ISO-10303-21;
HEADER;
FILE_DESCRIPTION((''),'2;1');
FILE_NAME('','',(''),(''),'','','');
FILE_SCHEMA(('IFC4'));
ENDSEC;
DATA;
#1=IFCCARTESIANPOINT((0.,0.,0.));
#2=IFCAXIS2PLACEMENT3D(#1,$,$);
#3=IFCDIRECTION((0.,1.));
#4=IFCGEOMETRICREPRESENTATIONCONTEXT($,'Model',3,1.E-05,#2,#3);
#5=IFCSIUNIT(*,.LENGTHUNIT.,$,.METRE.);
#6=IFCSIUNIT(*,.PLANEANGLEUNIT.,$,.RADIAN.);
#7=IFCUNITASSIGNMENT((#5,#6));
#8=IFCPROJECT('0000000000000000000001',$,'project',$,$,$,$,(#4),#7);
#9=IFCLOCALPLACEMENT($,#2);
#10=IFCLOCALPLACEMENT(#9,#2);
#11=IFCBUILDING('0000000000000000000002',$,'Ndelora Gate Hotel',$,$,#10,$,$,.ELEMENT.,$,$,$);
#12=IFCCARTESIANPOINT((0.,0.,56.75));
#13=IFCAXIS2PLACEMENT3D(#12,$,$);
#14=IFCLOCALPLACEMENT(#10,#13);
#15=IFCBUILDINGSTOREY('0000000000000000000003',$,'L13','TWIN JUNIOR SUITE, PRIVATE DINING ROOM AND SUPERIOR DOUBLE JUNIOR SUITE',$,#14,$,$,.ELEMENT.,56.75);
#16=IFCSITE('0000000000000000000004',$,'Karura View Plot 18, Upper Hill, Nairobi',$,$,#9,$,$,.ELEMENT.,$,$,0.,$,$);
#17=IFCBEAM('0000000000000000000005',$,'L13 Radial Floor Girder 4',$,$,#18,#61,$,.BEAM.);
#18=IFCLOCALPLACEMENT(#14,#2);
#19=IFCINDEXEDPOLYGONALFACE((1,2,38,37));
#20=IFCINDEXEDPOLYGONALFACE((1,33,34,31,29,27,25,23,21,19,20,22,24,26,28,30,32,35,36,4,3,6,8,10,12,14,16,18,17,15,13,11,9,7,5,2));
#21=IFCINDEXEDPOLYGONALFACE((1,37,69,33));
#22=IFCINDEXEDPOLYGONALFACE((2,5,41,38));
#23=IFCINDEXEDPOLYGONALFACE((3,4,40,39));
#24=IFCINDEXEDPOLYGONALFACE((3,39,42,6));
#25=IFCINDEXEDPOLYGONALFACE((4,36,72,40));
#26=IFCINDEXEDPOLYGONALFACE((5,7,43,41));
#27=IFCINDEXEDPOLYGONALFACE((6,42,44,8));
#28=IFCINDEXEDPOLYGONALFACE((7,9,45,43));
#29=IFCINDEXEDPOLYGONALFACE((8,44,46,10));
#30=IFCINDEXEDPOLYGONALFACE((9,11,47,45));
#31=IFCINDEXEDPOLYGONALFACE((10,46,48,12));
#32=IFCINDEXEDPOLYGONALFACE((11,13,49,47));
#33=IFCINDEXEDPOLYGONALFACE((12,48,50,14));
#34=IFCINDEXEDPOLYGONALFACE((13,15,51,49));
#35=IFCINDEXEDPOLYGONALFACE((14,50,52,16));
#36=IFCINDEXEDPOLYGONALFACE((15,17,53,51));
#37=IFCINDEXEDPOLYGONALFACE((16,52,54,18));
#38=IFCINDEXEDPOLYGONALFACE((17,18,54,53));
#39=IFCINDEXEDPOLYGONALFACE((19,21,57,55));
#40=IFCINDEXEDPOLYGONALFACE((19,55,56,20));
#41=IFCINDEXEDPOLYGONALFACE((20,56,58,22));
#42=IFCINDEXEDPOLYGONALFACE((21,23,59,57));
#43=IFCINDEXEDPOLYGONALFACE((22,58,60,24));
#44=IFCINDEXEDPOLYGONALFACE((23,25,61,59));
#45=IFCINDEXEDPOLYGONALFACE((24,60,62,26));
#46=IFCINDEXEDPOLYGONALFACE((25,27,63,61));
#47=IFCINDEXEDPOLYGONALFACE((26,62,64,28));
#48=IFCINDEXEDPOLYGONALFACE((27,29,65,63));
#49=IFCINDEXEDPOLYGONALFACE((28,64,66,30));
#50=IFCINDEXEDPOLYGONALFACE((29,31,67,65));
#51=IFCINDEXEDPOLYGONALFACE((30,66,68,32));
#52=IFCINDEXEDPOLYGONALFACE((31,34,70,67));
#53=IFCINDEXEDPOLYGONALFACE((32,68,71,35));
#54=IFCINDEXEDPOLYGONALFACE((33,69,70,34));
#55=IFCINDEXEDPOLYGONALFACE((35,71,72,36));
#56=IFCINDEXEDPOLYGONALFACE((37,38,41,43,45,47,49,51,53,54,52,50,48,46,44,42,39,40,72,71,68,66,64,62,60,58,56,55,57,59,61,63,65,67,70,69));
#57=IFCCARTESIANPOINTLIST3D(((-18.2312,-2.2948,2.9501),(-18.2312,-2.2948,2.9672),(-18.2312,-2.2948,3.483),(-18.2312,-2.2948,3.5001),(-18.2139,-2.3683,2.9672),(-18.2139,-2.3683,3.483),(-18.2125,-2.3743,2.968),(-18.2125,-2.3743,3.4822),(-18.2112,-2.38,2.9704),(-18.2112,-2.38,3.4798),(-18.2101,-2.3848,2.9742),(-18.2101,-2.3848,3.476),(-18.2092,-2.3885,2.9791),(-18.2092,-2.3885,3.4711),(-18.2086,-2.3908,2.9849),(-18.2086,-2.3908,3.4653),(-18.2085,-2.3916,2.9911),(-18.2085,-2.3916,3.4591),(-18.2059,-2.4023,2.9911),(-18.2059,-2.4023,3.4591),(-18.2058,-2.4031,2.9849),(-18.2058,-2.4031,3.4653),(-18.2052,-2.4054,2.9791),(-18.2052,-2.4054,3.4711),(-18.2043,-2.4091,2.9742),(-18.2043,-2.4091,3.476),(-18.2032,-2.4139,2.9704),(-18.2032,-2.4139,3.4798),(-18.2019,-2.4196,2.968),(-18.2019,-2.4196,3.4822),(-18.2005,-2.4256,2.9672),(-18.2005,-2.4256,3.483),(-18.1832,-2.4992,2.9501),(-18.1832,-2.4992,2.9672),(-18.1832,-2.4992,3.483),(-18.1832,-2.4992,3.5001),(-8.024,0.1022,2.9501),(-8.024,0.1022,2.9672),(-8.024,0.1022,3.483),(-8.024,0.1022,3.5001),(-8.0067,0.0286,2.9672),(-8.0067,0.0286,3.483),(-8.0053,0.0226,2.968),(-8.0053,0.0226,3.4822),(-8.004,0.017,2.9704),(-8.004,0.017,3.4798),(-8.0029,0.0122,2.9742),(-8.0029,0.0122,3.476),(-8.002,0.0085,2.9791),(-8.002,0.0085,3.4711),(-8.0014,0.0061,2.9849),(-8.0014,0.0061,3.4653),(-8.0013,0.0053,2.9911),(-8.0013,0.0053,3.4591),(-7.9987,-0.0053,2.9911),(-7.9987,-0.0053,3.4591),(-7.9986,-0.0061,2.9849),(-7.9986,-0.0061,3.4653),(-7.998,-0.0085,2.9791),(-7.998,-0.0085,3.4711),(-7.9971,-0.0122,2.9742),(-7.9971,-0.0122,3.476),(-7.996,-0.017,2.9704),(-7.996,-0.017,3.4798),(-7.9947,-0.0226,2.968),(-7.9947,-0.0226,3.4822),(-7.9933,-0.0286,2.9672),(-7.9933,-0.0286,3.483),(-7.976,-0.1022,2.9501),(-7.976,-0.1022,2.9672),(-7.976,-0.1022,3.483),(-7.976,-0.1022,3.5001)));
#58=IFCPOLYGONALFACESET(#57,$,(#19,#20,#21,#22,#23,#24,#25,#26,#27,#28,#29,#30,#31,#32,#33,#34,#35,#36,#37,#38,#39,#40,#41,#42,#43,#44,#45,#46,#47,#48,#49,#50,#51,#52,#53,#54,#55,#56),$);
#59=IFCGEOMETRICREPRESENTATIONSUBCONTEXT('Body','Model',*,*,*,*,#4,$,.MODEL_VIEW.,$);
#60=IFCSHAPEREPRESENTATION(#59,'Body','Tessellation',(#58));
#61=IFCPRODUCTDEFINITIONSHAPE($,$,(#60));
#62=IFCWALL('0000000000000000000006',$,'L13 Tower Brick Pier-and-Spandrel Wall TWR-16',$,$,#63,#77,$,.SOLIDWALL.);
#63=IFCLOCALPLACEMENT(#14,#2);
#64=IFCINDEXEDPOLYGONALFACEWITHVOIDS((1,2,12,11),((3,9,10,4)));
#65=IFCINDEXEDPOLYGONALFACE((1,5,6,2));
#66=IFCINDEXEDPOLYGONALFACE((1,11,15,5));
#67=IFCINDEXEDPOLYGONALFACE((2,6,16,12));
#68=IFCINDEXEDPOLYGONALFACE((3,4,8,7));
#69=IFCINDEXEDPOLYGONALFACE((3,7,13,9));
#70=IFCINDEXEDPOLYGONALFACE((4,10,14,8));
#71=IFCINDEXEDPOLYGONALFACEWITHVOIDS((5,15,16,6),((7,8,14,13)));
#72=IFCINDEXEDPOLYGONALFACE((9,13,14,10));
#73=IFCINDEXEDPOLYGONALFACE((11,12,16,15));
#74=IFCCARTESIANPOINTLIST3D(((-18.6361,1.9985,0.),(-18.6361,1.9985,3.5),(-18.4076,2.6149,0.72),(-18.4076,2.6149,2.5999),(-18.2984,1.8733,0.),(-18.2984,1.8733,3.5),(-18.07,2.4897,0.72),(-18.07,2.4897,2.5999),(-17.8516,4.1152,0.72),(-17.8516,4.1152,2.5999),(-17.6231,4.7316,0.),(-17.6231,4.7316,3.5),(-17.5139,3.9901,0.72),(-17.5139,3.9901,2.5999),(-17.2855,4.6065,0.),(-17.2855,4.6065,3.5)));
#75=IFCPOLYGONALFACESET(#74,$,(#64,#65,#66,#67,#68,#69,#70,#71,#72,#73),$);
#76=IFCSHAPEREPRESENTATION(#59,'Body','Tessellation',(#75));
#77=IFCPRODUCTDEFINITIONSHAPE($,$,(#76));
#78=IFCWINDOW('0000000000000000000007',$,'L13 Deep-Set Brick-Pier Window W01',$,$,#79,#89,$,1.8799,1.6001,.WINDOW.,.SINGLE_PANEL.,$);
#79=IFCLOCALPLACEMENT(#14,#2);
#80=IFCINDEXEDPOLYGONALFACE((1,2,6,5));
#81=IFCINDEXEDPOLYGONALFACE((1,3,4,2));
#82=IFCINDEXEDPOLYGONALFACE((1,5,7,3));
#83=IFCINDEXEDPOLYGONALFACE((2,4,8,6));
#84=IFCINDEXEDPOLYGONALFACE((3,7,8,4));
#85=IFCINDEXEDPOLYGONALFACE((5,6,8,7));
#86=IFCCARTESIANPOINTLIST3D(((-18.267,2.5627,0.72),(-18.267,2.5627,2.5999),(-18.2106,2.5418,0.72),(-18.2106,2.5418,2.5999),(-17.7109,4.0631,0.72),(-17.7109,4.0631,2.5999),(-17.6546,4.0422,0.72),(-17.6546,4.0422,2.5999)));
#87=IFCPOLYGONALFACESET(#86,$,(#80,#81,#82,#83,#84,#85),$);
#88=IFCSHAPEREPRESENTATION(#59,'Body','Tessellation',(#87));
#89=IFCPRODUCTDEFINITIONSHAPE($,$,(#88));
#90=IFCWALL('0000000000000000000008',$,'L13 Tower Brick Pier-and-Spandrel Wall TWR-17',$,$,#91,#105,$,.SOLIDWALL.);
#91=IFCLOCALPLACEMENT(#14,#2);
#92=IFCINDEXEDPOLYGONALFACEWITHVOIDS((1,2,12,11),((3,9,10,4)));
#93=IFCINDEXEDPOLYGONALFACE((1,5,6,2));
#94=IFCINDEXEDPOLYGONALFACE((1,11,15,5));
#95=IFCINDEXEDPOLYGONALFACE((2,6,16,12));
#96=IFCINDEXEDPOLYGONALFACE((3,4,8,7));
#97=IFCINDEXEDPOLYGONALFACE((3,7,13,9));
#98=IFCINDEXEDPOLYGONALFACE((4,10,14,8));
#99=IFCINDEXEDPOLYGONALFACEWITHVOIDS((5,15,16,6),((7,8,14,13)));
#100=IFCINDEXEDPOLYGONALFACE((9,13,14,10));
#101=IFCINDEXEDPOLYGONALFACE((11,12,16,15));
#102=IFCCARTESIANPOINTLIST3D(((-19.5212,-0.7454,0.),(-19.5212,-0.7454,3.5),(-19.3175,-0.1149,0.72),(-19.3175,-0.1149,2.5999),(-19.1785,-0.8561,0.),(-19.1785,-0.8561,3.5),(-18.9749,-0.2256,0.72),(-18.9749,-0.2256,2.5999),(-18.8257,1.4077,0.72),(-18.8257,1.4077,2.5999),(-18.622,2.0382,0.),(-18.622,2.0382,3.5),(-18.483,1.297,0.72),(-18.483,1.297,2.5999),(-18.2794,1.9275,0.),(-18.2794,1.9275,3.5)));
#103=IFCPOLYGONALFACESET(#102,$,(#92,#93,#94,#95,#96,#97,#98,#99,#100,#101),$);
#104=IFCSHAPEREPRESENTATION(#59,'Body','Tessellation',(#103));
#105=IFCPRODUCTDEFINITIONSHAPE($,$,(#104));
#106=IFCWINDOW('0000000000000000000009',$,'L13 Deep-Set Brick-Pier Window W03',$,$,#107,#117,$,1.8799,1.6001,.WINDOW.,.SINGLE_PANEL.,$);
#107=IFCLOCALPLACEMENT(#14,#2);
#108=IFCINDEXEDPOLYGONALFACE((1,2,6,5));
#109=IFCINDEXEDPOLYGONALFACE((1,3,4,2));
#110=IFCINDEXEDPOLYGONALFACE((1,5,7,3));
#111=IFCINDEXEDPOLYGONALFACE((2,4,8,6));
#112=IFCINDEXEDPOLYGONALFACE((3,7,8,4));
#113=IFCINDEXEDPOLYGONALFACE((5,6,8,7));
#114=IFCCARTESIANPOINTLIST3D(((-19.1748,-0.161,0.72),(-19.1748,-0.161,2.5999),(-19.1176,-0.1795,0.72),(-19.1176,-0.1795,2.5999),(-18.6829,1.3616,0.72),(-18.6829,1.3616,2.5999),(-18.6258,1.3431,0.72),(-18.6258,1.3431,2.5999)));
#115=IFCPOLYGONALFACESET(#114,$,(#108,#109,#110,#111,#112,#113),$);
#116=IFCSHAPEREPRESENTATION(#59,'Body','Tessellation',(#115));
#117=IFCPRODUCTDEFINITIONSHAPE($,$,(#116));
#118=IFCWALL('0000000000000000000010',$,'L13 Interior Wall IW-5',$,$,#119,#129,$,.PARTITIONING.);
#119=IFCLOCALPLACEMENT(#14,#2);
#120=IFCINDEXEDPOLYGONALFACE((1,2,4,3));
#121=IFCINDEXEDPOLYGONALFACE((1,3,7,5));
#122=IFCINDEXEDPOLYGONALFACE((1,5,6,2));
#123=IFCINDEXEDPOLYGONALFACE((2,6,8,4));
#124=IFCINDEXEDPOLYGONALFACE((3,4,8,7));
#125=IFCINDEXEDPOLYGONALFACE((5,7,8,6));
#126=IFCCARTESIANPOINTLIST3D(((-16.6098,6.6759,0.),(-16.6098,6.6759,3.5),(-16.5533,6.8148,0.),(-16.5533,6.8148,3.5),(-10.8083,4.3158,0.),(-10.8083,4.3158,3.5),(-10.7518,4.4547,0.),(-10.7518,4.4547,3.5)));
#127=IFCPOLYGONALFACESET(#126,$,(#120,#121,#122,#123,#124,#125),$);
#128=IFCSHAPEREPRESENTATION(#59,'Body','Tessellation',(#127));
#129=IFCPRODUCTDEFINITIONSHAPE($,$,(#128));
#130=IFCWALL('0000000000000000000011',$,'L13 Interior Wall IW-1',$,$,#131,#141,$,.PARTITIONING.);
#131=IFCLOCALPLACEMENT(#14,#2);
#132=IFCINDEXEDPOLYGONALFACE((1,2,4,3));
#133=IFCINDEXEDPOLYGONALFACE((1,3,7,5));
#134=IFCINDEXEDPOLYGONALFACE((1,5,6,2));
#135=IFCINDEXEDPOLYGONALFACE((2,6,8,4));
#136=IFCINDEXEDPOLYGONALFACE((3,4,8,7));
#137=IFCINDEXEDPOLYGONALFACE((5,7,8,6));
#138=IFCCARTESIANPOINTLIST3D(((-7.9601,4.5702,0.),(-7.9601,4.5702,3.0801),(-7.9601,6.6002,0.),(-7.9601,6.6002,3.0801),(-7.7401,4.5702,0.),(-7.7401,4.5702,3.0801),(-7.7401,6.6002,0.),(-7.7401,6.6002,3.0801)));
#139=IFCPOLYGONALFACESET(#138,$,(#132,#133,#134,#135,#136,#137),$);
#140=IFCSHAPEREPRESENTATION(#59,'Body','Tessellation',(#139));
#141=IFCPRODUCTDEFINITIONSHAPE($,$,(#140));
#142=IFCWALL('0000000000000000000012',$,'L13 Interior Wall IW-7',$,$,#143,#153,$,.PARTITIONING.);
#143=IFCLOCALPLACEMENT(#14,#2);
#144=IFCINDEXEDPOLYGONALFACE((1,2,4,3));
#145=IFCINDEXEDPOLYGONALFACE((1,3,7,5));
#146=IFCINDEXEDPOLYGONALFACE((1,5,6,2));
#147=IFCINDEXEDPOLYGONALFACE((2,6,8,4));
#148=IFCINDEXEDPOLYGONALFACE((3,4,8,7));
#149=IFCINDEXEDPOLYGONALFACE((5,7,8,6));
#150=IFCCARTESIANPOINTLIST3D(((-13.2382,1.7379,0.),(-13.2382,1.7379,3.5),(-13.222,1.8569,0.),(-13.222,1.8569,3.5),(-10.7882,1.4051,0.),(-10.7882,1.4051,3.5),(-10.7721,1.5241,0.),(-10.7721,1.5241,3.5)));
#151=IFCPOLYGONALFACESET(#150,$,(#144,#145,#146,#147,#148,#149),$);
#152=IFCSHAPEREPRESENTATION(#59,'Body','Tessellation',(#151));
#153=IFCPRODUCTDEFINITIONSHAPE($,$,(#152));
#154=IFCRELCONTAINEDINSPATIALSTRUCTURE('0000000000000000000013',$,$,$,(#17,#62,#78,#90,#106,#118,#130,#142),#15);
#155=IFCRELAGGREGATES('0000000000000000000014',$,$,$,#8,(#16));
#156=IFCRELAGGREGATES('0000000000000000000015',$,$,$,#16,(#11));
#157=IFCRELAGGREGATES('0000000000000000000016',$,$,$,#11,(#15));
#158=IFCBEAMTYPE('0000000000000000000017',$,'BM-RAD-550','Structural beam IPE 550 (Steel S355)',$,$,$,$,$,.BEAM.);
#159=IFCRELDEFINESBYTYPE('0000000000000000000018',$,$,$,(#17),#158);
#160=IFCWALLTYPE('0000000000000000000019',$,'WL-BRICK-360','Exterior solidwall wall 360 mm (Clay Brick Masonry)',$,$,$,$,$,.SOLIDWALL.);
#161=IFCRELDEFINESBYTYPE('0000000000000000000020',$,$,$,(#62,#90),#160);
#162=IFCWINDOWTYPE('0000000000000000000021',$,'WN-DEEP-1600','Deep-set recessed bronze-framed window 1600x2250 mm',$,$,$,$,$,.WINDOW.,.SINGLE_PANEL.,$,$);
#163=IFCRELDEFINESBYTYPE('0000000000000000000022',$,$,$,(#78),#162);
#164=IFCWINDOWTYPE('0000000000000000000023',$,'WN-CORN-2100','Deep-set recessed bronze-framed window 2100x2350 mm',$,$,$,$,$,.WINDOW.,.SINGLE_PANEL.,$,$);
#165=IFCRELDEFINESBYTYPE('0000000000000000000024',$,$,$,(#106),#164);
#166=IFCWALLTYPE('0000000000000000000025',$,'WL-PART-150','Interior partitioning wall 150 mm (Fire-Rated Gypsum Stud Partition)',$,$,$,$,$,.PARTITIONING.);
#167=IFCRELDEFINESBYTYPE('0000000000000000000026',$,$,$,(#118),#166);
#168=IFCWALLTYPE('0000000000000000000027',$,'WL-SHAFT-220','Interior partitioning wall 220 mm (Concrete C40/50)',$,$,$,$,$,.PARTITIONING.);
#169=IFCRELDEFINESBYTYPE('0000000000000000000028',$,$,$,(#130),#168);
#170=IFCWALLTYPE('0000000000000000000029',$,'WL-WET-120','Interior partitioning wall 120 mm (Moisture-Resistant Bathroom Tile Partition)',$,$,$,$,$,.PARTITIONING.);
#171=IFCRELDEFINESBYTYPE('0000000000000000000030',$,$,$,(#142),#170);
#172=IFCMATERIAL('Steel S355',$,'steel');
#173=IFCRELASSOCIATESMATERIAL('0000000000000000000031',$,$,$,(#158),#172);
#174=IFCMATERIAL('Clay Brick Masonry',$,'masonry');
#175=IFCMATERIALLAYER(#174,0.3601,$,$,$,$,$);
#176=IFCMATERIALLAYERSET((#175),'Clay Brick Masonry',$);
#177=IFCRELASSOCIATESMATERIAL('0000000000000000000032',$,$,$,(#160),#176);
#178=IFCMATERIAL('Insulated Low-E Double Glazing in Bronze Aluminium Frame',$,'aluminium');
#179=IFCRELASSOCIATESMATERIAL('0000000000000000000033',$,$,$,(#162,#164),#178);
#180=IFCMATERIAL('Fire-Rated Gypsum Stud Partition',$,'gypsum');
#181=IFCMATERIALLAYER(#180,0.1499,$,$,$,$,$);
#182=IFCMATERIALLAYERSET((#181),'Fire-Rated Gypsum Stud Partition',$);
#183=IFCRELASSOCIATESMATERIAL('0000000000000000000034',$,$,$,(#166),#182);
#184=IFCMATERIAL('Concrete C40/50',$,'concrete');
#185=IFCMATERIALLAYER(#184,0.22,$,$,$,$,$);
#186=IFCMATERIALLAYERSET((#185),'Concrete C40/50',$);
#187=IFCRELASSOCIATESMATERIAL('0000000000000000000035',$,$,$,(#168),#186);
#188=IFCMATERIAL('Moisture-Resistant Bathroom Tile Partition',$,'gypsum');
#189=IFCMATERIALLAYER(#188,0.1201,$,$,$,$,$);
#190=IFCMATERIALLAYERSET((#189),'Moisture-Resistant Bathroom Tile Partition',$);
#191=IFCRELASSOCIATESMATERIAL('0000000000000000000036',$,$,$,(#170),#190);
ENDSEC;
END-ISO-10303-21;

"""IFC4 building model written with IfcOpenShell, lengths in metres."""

from ifc_helpers import new_model, si_unit, direction, frame, frame_2d, origin, origin_2d, place, context, subcontext, project, spatial, rectangle, i_section, extrude, material, layer, layer_set, material_profile, profile_set, type_object, element, fill, save


model = new_model("IFC4")

# Units and contexts
model_context = context("Model", 3, precision=1e-05, world=origin(), true_north=direction((0.0, 1.0)))
body_context = subcontext(model_context, "Body", "Model", "MODEL_VIEW")
ifc_project = project(units=[si_unit("LENGTHUNIT", "METRE"), si_unit("PLANEANGLEUNIT", "RADIAN")], contexts=[model_context])

# Site, building, storey
site_placement = place(None, origin())
site = spatial("IfcSite", under=ifc_project, at=site_placement, Name="Karura View Plot 18, Upper Hill, Nairobi", CompositionType="ELEMENT", RefElevation=0.0)
building_placement = place(site_placement, origin())
building = spatial("IfcBuilding", under=site, at=building_placement, Name="Ndelora Gate Hotel", CompositionType="ELEMENT")
storey_placement = place(building_placement, frame((0.0, 0.0, 56.75)))
storey = spatial("IfcBuildingStorey", under=building, at=storey_placement, Name="L13", Description="TWIN JUNIOR SUITE, PRIVATE DINING ROOM AND SUPERIOR DOUBLE JUNIOR SUITE", CompositionType="ELEMENT", Elevation=56.75)

# Beam
ifc_material_1 = material(Name="Steel S355", Category="steel")
ifc_material_profile_1 = material_profile(ifc_material_1, i_section(OverallWidth=0.21, OverallDepth=0.55, WebThickness=0.011, FlangeThickness=0.0171, FilletRadius=0.0239, at=origin_2d()), Name="IPE 550")
ifc_profile_set_1 = profile_set([ifc_material_profile_1], Name="Steel S355")
beam_type_1 = type_object("IfcBeamType", Name="BM-RAD-550", Description="Structural beam IPE 550 (Steel S355)", PredefinedType="BEAM", material=ifc_profile_set_1)
beam_1_placement = place(storey_placement, frame((-8.0, 0.0, 3.2251), z_axis=(-0.973518, -0.228611, 0.0), x_axis=(0.228611, -0.973518, 0.0)))
element("IfcBeam", 1, at=beam_1_placement, inside=storey, type_object=beam_type_1, Name="L13 Radial Floor Girder 4", PredefinedType="BEAM", context=body_context, shape_type="SweptSolid", body=[
    extrude(i_section(OverallWidth=0.21, OverallDepth=0.55, WebThickness=0.011, FlangeThickness=0.0171, FilletRadius=0.0239, at=origin_2d()), origin(), (0.0, 0.0, 1.0), 10.4849),
])

# Walls, openings, windows
ifc_material_2 = material(Name="Clay Brick Masonry", Category="masonry")
ifc_layer_1 = layer(ifc_material_2, 0.3601)
ifc_layer_set_1 = layer_set([ifc_layer_1], Name="Clay Brick Masonry")
wall_type_1 = type_object("IfcWallType", Name="WL-BRICK-360", Description="Exterior solidwall wall 360 mm (Clay Brick Masonry)", PredefinedType="SOLIDWALL", material=ifc_layer_set_1)
wall_1_placement = place(storey_placement, frame((-18.4673, 1.9358, 0.0), z_axis=(0.0, 0.0, 1.0), x_axis=(0.347513, 0.937675, 0.0)))
wall_1 = element("IfcWall", 2, at=wall_1_placement, inside=storey, type_object=wall_type_1, Name="L13 Tower Brick Pier-and-Spandrel Wall TWR-16", PredefinedType="SOLIDWALL", context=body_context, shape_type="SweptSolid", body=[
    extrude(rectangle(XDim=2.9148, YDim=0.3601, at=frame_2d((1.4575, 0.0))), origin(), (0.0, 0.0, 1.0), 3.5),
])
opening_1_placement = place(wall_1_placement, frame((0.6575, 0.0, 0.72)))
opening_1 = element("IfcOpeningElement", 3, at=opening_1_placement, cuts=wall_1, PredefinedType="OPENING", context=body_context, shape_type="SweptSolid", body=[
    extrude(rectangle(XDim=1.6001, YDim=1.8799, at=frame_2d((0.8, 0.9399))), frame((0.0, 0.1899, 0.0), z_axis=(0.0, -1.0, 0.0), x_axis=(1.0, 0.0, 0.0)), (0.0, 0.0, 1.0), 0.3801),
])
ifc_material_3 = material(Name="Insulated Low-E Double Glazing in Bronze Aluminium Frame", Category="aluminium")
window_type_1 = type_object("IfcWindowType", Name="WN-DEEP-1600", Description="Deep-set recessed bronze-framed window 1600x2250 mm", PartitioningType="SINGLE_PANEL", PredefinedType="WINDOW", material=ifc_material_3)
window_1_placement = place(opening_1_placement, origin())
window_1 = element("IfcWindow", 4, at=window_1_placement, inside=storey, type_object=window_type_1, Name="L13 Deep-Set Brick-Pier Window W01", OverallHeight=1.8799, OverallWidth=1.6001, PartitioningType="SINGLE_PANEL", PredefinedType="WINDOW", context=body_context, shape_type="SweptSolid", body=[
    extrude(rectangle(XDim=1.6001, YDim=1.8799, at=frame_2d((0.8, 0.9399))), frame((0.0, 0.03, 0.0), z_axis=(0.0, -1.0, 0.0), x_axis=(1.0, 0.0, 0.0)), (0.0, 0.0, 1.0), 0.0601),
])
fill(opening_1, window_1)
wall_2_placement = place(storey_placement, frame((-19.3499, -0.8008, 0.0), z_axis=(0.0, 0.0, 1.0), x_axis=(0.307376, 0.951588, 0.0)))
wall_2 = element("IfcWall", 5, at=wall_2_placement, inside=storey, type_object=wall_type_1, Name="L13 Tower Brick Pier-and-Spandrel Wall TWR-17", PredefinedType="SOLIDWALL", context=body_context, shape_type="SweptSolid", body=[
    extrude(rectangle(XDim=2.9253, YDim=0.3601, at=frame_2d((1.4626, 0.0))), origin(), (0.0, 0.0, 1.0), 3.5),
])
opening_2_placement = place(wall_2_placement, frame((0.6626, 0.0, 0.72)))
opening_2 = element("IfcOpeningElement", 6, at=opening_2_placement, cuts=wall_2, PredefinedType="OPENING", context=body_context, shape_type="SweptSolid", body=[
    extrude(rectangle(XDim=1.6001, YDim=1.8799, at=frame_2d((0.8, 0.9399))), frame((0.0, 0.1899, 0.0), z_axis=(0.0, -1.0, 0.0), x_axis=(1.0, 0.0, 0.0)), (0.0, 0.0, 1.0), 0.3801),
])
window_type_2 = type_object("IfcWindowType", Name="WN-CORN-2100", Description="Deep-set recessed bronze-framed window 2100x2350 mm", PartitioningType="SINGLE_PANEL", PredefinedType="WINDOW", material=ifc_material_3)
window_2_placement = place(opening_2_placement, origin())
window_2 = element("IfcWindow", 7, at=window_2_placement, inside=storey, type_object=window_type_2, Name="L13 Deep-Set Brick-Pier Window W03", OverallHeight=1.8799, OverallWidth=1.6001, PartitioningType="SINGLE_PANEL", PredefinedType="WINDOW", context=body_context, shape_type="SweptSolid", body=[
    extrude(rectangle(XDim=1.6001, YDim=1.8799, at=frame_2d((0.8, 0.9399))), frame((0.0, 0.03, 0.0), z_axis=(0.0, -1.0, 0.0), x_axis=(1.0, 0.0, 0.0)), (0.0, 0.0, 1.0), 0.0601),
])
fill(opening_2, window_2)

# Shared definitions
ifc_material_4 = material(Name="Concrete C40/50", Category="concrete")

# Wall
ifc_material_5 = material(Name="Fire-Rated Gypsum Stud Partition", Category="gypsum")
ifc_layer_2 = layer(ifc_material_5, 0.1499)
ifc_layer_set_2 = layer_set([ifc_layer_2], Name="Fire-Rated Gypsum Stud Partition")
wall_type_2 = type_object("IfcWallType", Name="WL-PART-150", Description="Interior partitioning wall 150 mm (Fire-Rated Gypsum Stud Partition)", PredefinedType="PARTITIONING", material=ifc_layer_set_2)
wall_3_placement = place(storey_placement, frame((-10.78, 4.3853, 0.0), z_axis=(0.0, 0.0, 1.0), x_axis=(-0.926286, 0.376821, 0.0)))
element("IfcWall", 8, at=wall_3_placement, inside=storey, type_object=wall_type_2, Name="L13 Interior Wall IW-5", PredefinedType="PARTITIONING", context=body_context, shape_type="SweptSolid", body=[
    extrude(rectangle(XDim=6.2632, YDim=0.1499, at=frame_2d((3.1316, 0.0))), origin(), (0.0, 0.0, 1.0), 3.5),
])

# Shared definitions
ifc_layer_3 = layer(ifc_material_4, 0.22)
ifc_layer_set_3 = layer_set([ifc_layer_3], Name="Concrete C40/50")
wall_type_3 = type_object("IfcWallType", Name="WL-SHAFT-220", Description="Interior partitioning wall 220 mm (Concrete C40/50)", PredefinedType="PARTITIONING", material=ifc_layer_set_3)

# Wall
wall_4_placement = place(storey_placement, frame((-7.8501, 4.5701, 0.0), z_axis=(0.0, 0.0, 1.0), x_axis=(0.0, 1.0, 0.0)))
element("IfcWall", 9, at=wall_4_placement, inside=storey, type_object=wall_type_3, Name="L13 Interior Wall IW-1", PredefinedType="PARTITIONING", context=body_context, shape_type="SweptSolid", body=[
    extrude(rectangle(XDim=2.03, YDim=0.22, at=frame_2d((1.0151, 0.0))), origin(), (0.0, 0.0, 1.0), 3.0801),
])

# Wall
ifc_material_6 = material(Name="Moisture-Resistant Bathroom Tile Partition", Category="gypsum")
ifc_layer_4 = layer(ifc_material_6, 0.1201)
ifc_layer_set_4 = layer_set([ifc_layer_4], Name="Moisture-Resistant Bathroom Tile Partition")
wall_type_4 = type_object("IfcWallType", Name="WL-WET-120", Description="Interior partitioning wall 120 mm (Moisture-Resistant Bathroom Tile Partition)", PredefinedType="PARTITIONING", material=ifc_layer_set_4)
wall_5_placement = place(storey_placement, frame((-10.78, 1.4646, 0.0), z_axis=(0.0, 0.0, 1.0), x_axis=(-0.990902, 0.134589, 0.0)))
element("IfcWall", 10, at=wall_5_placement, inside=storey, type_object=wall_type_4, Name="L13 Interior Wall IW-7", PredefinedType="PARTITIONING", context=body_context, shape_type="SweptSolid", body=[
    extrude(rectangle(XDim=2.4724, YDim=0.1201, at=frame_2d((1.2363, 0.0))), origin(), (0.0, 0.0, 1.0), 3.5),
])

save(model, "model.ifc")
